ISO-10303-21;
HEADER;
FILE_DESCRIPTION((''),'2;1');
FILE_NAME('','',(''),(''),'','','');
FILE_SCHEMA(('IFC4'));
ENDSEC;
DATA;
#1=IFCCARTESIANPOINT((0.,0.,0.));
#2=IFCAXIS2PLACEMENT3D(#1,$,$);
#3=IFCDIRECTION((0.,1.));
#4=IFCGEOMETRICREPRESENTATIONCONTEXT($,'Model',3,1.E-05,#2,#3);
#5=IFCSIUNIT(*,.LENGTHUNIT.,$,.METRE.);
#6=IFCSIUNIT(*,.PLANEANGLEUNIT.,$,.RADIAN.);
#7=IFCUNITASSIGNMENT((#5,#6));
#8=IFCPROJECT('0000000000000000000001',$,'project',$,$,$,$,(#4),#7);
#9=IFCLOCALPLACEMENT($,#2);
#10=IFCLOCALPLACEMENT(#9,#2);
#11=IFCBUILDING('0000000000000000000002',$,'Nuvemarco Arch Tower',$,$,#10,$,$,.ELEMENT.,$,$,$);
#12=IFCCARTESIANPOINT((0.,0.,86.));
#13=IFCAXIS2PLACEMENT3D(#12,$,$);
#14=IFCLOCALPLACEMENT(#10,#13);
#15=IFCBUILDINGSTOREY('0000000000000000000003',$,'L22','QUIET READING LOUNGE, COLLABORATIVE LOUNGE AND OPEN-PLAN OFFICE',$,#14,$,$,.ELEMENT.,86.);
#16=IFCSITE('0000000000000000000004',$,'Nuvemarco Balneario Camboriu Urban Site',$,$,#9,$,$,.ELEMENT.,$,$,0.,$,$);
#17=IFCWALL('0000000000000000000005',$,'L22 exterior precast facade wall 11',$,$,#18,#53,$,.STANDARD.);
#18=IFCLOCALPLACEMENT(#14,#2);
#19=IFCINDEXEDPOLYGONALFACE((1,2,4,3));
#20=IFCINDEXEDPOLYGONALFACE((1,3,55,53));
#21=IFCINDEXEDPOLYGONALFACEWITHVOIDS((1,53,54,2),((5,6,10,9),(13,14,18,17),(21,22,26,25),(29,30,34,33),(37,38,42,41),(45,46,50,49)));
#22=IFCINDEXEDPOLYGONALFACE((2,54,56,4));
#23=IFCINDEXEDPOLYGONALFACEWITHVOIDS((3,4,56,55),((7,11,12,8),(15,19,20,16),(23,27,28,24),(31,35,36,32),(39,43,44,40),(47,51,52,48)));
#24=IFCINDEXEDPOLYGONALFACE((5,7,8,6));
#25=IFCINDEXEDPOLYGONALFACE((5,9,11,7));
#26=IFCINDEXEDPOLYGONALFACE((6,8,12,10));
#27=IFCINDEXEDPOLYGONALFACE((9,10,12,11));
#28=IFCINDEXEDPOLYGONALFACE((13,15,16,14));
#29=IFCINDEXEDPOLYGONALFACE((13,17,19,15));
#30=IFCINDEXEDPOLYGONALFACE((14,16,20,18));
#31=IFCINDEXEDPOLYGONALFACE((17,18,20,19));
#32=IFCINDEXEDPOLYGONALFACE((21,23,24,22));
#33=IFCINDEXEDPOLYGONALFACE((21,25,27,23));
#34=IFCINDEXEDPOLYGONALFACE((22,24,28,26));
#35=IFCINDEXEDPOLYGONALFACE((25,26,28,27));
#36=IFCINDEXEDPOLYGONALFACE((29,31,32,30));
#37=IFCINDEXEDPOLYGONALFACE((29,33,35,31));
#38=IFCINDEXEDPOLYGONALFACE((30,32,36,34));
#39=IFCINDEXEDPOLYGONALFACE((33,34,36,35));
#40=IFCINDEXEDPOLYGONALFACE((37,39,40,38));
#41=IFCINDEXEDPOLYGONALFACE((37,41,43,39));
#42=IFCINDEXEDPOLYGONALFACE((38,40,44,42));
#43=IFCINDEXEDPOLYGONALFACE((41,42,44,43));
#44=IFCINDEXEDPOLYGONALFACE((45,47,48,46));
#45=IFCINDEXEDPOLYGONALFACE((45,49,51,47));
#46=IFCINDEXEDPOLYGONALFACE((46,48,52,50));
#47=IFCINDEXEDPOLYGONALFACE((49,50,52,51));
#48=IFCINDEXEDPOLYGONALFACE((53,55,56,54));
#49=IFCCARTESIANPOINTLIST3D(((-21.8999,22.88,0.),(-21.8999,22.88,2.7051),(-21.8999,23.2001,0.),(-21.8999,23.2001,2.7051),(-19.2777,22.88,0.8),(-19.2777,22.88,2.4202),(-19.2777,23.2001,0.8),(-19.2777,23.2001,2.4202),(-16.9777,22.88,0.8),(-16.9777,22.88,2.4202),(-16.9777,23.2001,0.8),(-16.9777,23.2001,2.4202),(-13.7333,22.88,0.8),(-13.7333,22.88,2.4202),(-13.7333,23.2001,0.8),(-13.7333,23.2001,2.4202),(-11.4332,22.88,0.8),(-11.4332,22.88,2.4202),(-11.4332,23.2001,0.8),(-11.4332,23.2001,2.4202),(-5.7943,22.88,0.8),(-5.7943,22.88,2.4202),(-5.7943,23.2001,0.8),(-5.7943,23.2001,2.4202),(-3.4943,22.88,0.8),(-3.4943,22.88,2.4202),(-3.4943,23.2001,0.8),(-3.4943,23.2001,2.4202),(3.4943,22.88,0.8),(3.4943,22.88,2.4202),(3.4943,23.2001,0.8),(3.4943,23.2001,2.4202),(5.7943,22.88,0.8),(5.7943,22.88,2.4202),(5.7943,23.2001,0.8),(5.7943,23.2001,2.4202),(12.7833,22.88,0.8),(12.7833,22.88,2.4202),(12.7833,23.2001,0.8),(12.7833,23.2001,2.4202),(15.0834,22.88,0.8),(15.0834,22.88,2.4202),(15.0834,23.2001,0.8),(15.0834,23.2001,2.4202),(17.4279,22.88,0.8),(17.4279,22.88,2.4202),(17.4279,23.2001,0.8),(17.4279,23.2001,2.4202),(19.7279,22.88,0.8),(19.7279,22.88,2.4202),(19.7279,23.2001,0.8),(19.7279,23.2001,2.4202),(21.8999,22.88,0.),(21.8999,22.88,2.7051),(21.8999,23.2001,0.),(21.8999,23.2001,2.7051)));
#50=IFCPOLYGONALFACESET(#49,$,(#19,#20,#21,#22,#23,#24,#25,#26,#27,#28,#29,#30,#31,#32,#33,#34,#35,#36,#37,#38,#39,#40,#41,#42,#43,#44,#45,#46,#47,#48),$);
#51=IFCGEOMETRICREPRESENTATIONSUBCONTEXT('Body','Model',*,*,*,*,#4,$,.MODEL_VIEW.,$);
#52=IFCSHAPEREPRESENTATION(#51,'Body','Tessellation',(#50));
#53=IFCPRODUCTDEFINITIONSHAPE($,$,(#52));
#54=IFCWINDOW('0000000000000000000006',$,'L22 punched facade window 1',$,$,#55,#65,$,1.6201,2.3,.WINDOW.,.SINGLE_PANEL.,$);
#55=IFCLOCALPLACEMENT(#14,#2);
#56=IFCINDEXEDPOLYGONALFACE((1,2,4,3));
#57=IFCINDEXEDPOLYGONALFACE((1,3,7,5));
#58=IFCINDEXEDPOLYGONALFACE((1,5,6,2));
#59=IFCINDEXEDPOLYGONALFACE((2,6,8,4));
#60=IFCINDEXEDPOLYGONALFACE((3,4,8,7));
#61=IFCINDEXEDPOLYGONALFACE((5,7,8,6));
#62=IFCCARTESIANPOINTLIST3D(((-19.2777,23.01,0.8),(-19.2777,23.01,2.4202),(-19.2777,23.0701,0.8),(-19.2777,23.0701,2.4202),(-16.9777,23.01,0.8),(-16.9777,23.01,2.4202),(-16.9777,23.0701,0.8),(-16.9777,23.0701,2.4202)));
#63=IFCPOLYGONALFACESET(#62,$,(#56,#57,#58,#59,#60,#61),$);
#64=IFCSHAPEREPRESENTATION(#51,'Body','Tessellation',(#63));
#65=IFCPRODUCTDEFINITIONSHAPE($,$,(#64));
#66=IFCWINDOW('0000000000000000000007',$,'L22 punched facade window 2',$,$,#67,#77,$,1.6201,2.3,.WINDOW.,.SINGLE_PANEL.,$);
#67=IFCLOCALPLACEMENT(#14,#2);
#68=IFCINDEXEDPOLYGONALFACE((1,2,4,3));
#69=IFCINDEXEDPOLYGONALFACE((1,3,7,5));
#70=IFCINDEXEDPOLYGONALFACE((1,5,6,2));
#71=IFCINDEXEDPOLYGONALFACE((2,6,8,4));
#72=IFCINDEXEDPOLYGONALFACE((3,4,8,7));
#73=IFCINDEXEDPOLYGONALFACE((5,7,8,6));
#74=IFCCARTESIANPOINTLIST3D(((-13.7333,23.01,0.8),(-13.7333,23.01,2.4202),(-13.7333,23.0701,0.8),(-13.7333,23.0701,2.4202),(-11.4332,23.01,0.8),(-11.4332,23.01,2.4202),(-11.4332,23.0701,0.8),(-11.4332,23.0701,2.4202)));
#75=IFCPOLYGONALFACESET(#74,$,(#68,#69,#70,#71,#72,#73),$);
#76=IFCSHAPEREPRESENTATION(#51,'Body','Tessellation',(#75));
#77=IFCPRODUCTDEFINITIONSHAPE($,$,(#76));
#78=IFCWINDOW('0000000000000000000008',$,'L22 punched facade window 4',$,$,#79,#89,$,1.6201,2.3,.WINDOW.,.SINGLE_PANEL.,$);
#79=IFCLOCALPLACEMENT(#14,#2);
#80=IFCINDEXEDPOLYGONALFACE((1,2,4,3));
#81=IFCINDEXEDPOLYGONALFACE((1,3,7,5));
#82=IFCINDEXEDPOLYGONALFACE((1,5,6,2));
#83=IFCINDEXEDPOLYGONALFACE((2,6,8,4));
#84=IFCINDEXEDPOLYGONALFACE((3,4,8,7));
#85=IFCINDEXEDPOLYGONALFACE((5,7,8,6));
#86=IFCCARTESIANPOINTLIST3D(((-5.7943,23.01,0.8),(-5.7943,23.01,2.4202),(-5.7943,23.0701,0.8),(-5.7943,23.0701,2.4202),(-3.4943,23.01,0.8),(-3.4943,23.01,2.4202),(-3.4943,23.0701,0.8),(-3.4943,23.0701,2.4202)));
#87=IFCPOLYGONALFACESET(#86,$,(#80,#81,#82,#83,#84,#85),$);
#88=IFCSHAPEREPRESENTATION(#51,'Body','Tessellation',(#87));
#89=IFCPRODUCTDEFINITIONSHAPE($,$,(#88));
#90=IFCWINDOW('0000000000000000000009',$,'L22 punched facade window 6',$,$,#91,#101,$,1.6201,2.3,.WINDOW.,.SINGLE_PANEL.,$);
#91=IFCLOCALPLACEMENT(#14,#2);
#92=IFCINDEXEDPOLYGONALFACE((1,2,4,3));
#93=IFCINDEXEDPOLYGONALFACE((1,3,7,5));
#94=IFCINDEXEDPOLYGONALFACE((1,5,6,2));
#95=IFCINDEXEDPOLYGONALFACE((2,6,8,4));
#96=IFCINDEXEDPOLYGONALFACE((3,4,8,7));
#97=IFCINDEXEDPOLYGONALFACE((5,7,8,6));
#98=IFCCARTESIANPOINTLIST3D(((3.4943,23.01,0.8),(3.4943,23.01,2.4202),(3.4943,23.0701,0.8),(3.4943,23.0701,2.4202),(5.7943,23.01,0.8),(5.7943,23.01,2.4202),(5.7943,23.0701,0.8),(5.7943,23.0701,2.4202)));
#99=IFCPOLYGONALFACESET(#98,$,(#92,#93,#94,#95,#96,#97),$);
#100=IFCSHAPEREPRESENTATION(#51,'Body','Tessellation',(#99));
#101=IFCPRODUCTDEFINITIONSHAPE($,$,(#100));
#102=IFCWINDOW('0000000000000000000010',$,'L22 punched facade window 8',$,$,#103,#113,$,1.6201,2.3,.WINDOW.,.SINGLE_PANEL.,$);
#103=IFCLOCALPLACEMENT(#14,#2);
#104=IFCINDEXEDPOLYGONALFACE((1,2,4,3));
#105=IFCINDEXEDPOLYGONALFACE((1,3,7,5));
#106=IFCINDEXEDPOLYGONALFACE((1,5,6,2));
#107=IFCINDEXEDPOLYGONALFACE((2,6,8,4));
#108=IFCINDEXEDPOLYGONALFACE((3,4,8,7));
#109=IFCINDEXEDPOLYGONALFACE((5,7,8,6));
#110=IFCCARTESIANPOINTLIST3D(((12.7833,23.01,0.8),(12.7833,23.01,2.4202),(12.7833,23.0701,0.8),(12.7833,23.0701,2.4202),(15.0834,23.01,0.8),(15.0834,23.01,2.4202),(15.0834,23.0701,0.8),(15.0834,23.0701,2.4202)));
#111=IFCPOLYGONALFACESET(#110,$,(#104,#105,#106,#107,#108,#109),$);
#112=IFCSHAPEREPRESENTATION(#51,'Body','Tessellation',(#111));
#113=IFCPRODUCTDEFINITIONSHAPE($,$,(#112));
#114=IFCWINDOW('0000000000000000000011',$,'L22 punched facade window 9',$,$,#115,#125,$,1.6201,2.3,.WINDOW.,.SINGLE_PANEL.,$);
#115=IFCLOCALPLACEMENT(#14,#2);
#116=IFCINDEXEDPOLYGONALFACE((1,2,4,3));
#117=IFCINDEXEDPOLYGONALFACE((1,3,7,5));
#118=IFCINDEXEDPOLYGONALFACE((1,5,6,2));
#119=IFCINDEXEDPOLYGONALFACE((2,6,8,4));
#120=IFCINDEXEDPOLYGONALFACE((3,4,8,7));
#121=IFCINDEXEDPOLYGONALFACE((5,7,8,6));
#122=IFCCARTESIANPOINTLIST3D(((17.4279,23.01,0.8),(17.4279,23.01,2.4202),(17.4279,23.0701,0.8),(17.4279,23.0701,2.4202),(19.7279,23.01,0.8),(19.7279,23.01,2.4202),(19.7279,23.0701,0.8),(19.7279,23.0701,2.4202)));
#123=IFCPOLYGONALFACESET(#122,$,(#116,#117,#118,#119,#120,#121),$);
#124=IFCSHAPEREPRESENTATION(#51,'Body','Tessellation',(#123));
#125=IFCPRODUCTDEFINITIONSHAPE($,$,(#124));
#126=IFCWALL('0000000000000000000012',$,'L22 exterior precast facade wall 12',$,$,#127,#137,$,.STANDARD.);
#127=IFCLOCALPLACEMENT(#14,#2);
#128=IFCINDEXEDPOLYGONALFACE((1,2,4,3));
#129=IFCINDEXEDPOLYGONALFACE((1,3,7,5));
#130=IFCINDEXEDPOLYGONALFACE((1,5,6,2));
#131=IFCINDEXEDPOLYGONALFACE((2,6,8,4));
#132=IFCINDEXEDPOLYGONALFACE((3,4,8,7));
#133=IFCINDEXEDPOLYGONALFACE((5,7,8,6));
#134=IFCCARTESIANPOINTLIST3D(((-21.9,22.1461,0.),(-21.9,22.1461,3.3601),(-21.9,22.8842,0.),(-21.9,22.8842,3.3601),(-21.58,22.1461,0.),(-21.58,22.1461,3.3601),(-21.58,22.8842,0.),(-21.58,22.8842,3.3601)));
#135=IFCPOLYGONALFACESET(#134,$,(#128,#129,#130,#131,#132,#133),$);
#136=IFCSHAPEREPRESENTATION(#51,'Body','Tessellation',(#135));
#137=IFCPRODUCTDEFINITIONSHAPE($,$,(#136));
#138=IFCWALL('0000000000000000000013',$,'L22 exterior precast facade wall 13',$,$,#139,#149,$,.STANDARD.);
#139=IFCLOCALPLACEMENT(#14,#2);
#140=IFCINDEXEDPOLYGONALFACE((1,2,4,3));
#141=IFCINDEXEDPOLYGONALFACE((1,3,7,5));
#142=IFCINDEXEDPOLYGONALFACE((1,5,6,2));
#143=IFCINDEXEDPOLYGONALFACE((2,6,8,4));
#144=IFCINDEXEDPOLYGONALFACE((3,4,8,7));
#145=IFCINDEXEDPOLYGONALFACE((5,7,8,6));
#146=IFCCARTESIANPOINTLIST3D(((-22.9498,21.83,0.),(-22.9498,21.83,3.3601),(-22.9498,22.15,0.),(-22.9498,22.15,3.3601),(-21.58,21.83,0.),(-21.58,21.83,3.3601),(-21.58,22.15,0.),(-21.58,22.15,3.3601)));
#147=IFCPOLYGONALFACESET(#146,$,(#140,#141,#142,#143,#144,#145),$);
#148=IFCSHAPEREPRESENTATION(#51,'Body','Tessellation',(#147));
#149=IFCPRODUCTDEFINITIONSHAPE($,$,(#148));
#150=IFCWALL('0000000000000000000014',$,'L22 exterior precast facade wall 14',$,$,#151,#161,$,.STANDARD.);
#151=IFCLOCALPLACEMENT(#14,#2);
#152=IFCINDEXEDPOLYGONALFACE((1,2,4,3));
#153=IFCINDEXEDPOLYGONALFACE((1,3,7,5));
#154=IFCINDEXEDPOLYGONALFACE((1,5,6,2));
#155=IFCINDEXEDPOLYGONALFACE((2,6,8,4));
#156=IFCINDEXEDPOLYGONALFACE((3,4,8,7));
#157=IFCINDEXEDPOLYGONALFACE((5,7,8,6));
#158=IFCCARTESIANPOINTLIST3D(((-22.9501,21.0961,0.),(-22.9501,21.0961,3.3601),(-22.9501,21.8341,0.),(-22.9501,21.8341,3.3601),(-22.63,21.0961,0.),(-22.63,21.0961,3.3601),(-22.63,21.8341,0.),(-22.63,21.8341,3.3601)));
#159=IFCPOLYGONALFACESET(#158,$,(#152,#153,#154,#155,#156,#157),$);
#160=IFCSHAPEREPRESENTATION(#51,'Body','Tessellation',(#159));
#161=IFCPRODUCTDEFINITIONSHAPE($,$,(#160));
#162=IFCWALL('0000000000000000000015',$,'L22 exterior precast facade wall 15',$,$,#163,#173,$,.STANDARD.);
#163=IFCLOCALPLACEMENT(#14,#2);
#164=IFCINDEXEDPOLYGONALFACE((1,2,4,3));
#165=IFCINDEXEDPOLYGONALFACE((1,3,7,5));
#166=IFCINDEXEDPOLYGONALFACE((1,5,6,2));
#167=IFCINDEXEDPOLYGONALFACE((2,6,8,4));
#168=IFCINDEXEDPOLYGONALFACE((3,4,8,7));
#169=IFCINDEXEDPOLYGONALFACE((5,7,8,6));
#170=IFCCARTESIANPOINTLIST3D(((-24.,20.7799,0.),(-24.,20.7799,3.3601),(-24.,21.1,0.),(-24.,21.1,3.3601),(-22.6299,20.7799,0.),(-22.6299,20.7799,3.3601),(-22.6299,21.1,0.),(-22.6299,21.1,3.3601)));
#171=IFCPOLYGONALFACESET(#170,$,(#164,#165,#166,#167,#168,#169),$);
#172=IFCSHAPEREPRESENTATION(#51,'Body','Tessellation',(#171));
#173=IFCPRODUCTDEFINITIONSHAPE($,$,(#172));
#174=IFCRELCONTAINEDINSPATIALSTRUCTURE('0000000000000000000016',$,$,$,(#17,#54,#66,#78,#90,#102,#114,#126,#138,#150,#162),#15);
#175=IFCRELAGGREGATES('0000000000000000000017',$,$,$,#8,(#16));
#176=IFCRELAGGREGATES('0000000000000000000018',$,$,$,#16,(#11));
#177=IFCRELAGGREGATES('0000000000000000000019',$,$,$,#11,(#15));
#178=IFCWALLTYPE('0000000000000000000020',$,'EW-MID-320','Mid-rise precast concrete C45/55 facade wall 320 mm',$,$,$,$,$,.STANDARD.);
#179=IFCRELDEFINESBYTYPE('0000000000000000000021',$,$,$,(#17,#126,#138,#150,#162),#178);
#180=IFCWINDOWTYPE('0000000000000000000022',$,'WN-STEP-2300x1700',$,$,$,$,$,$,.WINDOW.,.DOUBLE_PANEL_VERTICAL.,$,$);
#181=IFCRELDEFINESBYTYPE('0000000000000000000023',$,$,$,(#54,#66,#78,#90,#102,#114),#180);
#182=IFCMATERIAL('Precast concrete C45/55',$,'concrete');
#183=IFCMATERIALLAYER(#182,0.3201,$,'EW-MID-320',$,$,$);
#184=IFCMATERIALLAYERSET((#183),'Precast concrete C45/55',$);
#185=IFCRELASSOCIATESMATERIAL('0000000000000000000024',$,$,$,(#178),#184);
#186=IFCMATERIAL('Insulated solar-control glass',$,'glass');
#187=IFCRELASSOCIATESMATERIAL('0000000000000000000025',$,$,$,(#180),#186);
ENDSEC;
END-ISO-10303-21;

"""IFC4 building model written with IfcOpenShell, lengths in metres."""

from ifc_helpers import new_model, si_unit, direction, frame, frame_2d, origin, place, context, subcontext, project, spatial, rectangle, extrude, source, transform, mapped, material, layer, layer_set, type_object, type_shapes, element, fill, save


model = new_model("IFC4")

# Units and contexts
model_context = context("Model", 3, precision=1e-05, world=origin(), true_north=direction((0.0, 1.0)))
body_context = subcontext(model_context, "Body", "Model", "MODEL_VIEW")
ifc_project = project(units=[si_unit("LENGTHUNIT", "METRE"), si_unit("PLANEANGLEUNIT", "RADIAN")], contexts=[model_context])

# Site, building, storey
site_placement = place(None, origin())
site = spatial("IfcSite", under=ifc_project, at=site_placement, Name="Nuvemarco Balneario Camboriu Urban Site", CompositionType="ELEMENT", RefElevation=0.0)
building_placement = place(site_placement, origin())
building = spatial("IfcBuilding", under=site, at=building_placement, Name="Nuvemarco Arch Tower", CompositionType="ELEMENT")
storey_placement = place(building_placement, frame((0.0, 0.0, 86.0)))
storey = spatial("IfcBuildingStorey", under=building, at=storey_placement, Name="L22", Description="QUIET READING LOUNGE, COLLABORATIVE LOUNGE AND OPEN-PLAN OFFICE", CompositionType="ELEMENT", Elevation=86.0)

# Wall, openings, windows
ifc_material_1 = material(Name="Precast concrete C45/55", Category="concrete")
ifc_layer = layer(ifc_material_1, 0.3201, Name="EW-MID-320")
ifc_layer_set = layer_set([ifc_layer], Name="Precast concrete C45/55")
wall_type = type_object("IfcWallType", Name="EW-MID-320", Description="Mid-rise precast concrete C45/55 facade wall 320 mm", PredefinedType="STANDARD", material=ifc_layer_set)
wall_1_placement = place(storey_placement, frame((-21.8999, 23.04, 0.0), z_axis=(0.0, 0.0, 1.0), x_axis=(1.0, 0.0, 0.0)))
wall_1 = element("IfcWall", 1, at=wall_1_placement, inside=storey, type_object=wall_type, Name="L22 exterior precast facade wall 11", PredefinedType="STANDARD", context=body_context, shape_type="SweptSolid", body=[
    extrude(rectangle(XDim=43.7998, YDim=0.3201, at=frame_2d((21.8999, 0.0))), origin(), (0.0, 0.0, 1.0), 2.7051),
])
opening_1_placement = place(wall_1_placement, frame((2.6223, 0.0, 0.8)))
opening_1 = element("IfcOpeningElement", 2, at=opening_1_placement, cuts=wall_1, PredefinedType="OPENING", context=body_context, shape_type="SweptSolid", body=[
    extrude(rectangle(XDim=2.3, YDim=1.6201, at=frame_2d((1.1499, 0.8101))), frame((0.0, 0.1699, 0.0), z_axis=(0.0, -1.0, 0.0), x_axis=(1.0, 0.0, 0.0)), (0.0, 0.0, 1.0), 0.3401),
])
opening_2_placement = place(wall_1_placement, frame((8.1667, 0.0, 0.8)))
opening_2 = element("IfcOpeningElement", 3, at=opening_2_placement, cuts=wall_1, PredefinedType="OPENING", context=body_context, shape_type="SweptSolid", body=[
    extrude(rectangle(XDim=2.3, YDim=1.6201, at=frame_2d((1.1499, 0.8101))), frame((0.0, 0.1699, 0.0), z_axis=(0.0, -1.0, 0.0), x_axis=(1.0, 0.0, 0.0)), (0.0, 0.0, 1.0), 0.3401),
])
opening_3_placement = place(wall_1_placement, frame((16.1057, 0.0, 0.8)))
opening_3 = element("IfcOpeningElement", 4, at=opening_3_placement, cuts=wall_1, PredefinedType="OPENING", context=body_context, shape_type="SweptSolid", body=[
    extrude(rectangle(XDim=2.3, YDim=1.6201, at=frame_2d((1.1499, 0.8101))), frame((0.0, 0.1699, 0.0), z_axis=(0.0, -1.0, 0.0), x_axis=(1.0, 0.0, 0.0)), (0.0, 0.0, 1.0), 0.3401),
])
opening_4_placement = place(wall_1_placement, frame((25.3943, 0.0, 0.8)))
opening_4 = element("IfcOpeningElement", 5, at=opening_4_placement, cuts=wall_1, PredefinedType="OPENING", context=body_context, shape_type="SweptSolid", body=[
    extrude(rectangle(XDim=2.3, YDim=1.6201, at=frame_2d((1.1499, 0.8101))), frame((0.0, 0.1699, 0.0), z_axis=(0.0, -1.0, 0.0), x_axis=(1.0, 0.0, 0.0)), (0.0, 0.0, 1.0), 0.3401),
])
opening_5_placement = place(wall_1_placement, frame((34.6833, 0.0, 0.8)))
opening_5 = element("IfcOpeningElement", 6, at=opening_5_placement, cuts=wall_1, PredefinedType="OPENING", context=body_context, shape_type="SweptSolid", body=[
    extrude(rectangle(XDim=2.3, YDim=1.6201, at=frame_2d((1.1499, 0.8101))), frame((0.0, 0.1699, 0.0), z_axis=(0.0, -1.0, 0.0), x_axis=(1.0, 0.0, 0.0)), (0.0, 0.0, 1.0), 0.3401),
])
opening_6_placement = place(wall_1_placement, frame((39.3279, 0.0, 0.8)))
opening_6 = element("IfcOpeningElement", 7, at=opening_6_placement, cuts=wall_1, PredefinedType="OPENING", context=body_context, shape_type="SweptSolid", body=[
    extrude(rectangle(XDim=2.3, YDim=1.6201, at=frame_2d((1.1499, 0.8101))), frame((0.0, 0.1699, 0.0), z_axis=(0.0, -1.0, 0.0), x_axis=(1.0, 0.0, 0.0)), (0.0, 0.0, 1.0), 0.3401),
])
ifc_material_2 = material(Name="Insulated solar-control glass", Category="glass")
window_type = type_object("IfcWindowType", Name="WN-STEP-2300x1700", PartitioningType="DOUBLE_PANEL_VERTICAL", PredefinedType="WINDOW", material=ifc_material_2)
shared_shape_1 = source(origin(), body_context, "Body", "SweptSolid", [
    extrude(rectangle(XDim=2.3, YDim=1.6201, at=frame_2d((1.1499, 0.8101))), frame((0.0, 0.03, 0.0), z_axis=(0.0, -1.0, 0.0), x_axis=(1.0, 0.0, 0.0)), (0.0, 0.0, 1.0), 0.0601),
])
type_shapes(window_type, [shared_shape_1])
window_1_placement = place(opening_1_placement, origin())
window_1 = element("IfcWindow", 8, at=window_1_placement, inside=storey, type_object=window_type, Name="L22 punched facade window 1", OverallHeight=1.6201, OverallWidth=2.3, PartitioningType="SINGLE_PANEL", PredefinedType="WINDOW", context=body_context, shape_type="MappedRepresentation", body=[
    mapped(shared_shape_1, transform((0.0, 0.0, 0.0), scale=1.0)),
])
fill(opening_1, window_1)
window_2_placement = place(opening_2_placement, origin())
window_2 = element("IfcWindow", 9, at=window_2_placement, inside=storey, type_object=window_type, Name="L22 punched facade window 2", OverallHeight=1.6201, OverallWidth=2.3, PartitioningType="SINGLE_PANEL", PredefinedType="WINDOW", context=body_context, shape_type="MappedRepresentation", body=[
    mapped(shared_shape_1, transform((0.0, 0.0, 0.0), scale=1.0)),
])
fill(opening_2, window_2)
window_3_placement = place(opening_3_placement, origin())
window_3 = element("IfcWindow", 10, at=window_3_placement, inside=storey, type_object=window_type, Name="L22 punched facade window 4", OverallHeight=1.6201, OverallWidth=2.3, PartitioningType="SINGLE_PANEL", PredefinedType="WINDOW", context=body_context, shape_type="MappedRepresentation", body=[
    mapped(shared_shape_1, transform((0.0, 0.0, 0.0), scale=1.0)),
])
fill(opening_3, window_3)
window_4_placement = place(opening_4_placement, origin())
window_4 = element("IfcWindow", 11, at=window_4_placement, inside=storey, type_object=window_type, Name="L22 punched facade window 6", OverallHeight=1.6201, OverallWidth=2.3, PartitioningType="SINGLE_PANEL", PredefinedType="WINDOW", context=body_context, shape_type="MappedRepresentation", body=[
    mapped(shared_shape_1, transform((0.0, 0.0, 0.0), scale=1.0)),
])
fill(opening_4, window_4)
window_5_placement = place(opening_5_placement, origin())
window_5 = element("IfcWindow", 12, at=window_5_placement, inside=storey, type_object=window_type, Name="L22 punched facade window 8", OverallHeight=1.6201, OverallWidth=2.3, PartitioningType="SINGLE_PANEL", PredefinedType="WINDOW", context=body_context, shape_type="MappedRepresentation", body=[
    mapped(shared_shape_1, transform((0.0, 0.0, 0.0), scale=1.0)),
])
fill(opening_5, window_5)
window_6_placement = place(opening_6_placement, origin())
window_6 = element("IfcWindow", 13, at=window_6_placement, inside=storey, type_object=window_type, Name="L22 punched facade window 9", OverallHeight=1.6201, OverallWidth=2.3, PartitioningType="SINGLE_PANEL", PredefinedType="WINDOW", context=body_context, shape_type="MappedRepresentation", body=[
    mapped(shared_shape_1, transform((0.0, 0.0, 0.0), scale=1.0)),
])
fill(opening_6, window_6)

# Walls
wall_2_placement = place(storey_placement, frame((-21.74, 22.146, 0.0), z_axis=(0.0, 0.0, 1.0), x_axis=(0.0, 1.0, 0.0)))
element("IfcWall", 14, at=wall_2_placement, inside=storey, type_object=wall_type, Name="L22 exterior precast facade wall 12", PredefinedType="STANDARD", context=body_context, shape_type="SweptSolid", body=[
    extrude(rectangle(XDim=0.738, YDim=0.3201, at=frame_2d((0.3691, 0.0))), origin(), (0.0, 0.0, 1.0), 3.3601),
])
wall_3_placement = place(storey_placement, frame((-22.95, 21.99, 0.0), z_axis=(0.0, 0.0, 1.0), x_axis=(1.0, 0.0, 0.0)))
element("IfcWall", 15, at=wall_3_placement, inside=storey, type_object=wall_type, Name="L22 exterior precast facade wall 13", PredefinedType="STANDARD", context=body_context, shape_type="SweptSolid", body=[
    extrude(rectangle(XDim=1.3699, YDim=0.3201, at=frame_2d((0.6851, 0.0))), origin(), (0.0, 0.0, 1.0), 3.3601),
])
wall_4_placement = place(storey_placement, frame((-22.79, 21.0959, 0.0), z_axis=(0.0, 0.0, 1.0), x_axis=(0.0, 1.0, 0.0)))
element("IfcWall", 16, at=wall_4_placement, inside=storey, type_object=wall_type, Name="L22 exterior precast facade wall 14", PredefinedType="STANDARD", context=body_context, shape_type="SweptSolid", body=[
    extrude(rectangle(XDim=0.738, YDim=0.3201, at=frame_2d((0.3691, 0.0))), origin(), (0.0, 0.0, 1.0), 3.3601),
])
wall_5_placement = place(storey_placement, frame((-24.0, 20.9399, 0.0), z_axis=(0.0, 0.0, 1.0), x_axis=(1.0, 0.0, 0.0)))
element("IfcWall", 17, at=wall_5_placement, inside=storey, type_object=wall_type, Name="L22 exterior precast facade wall 15", PredefinedType="STANDARD", context=body_context, shape_type="SweptSolid", body=[
    extrude(rectangle(XDim=1.3701, YDim=0.3201, at=frame_2d((0.6851, 0.0))), origin(), (0.0, 0.0, 1.0), 3.3601),
])

save(model, "model.ifc")
